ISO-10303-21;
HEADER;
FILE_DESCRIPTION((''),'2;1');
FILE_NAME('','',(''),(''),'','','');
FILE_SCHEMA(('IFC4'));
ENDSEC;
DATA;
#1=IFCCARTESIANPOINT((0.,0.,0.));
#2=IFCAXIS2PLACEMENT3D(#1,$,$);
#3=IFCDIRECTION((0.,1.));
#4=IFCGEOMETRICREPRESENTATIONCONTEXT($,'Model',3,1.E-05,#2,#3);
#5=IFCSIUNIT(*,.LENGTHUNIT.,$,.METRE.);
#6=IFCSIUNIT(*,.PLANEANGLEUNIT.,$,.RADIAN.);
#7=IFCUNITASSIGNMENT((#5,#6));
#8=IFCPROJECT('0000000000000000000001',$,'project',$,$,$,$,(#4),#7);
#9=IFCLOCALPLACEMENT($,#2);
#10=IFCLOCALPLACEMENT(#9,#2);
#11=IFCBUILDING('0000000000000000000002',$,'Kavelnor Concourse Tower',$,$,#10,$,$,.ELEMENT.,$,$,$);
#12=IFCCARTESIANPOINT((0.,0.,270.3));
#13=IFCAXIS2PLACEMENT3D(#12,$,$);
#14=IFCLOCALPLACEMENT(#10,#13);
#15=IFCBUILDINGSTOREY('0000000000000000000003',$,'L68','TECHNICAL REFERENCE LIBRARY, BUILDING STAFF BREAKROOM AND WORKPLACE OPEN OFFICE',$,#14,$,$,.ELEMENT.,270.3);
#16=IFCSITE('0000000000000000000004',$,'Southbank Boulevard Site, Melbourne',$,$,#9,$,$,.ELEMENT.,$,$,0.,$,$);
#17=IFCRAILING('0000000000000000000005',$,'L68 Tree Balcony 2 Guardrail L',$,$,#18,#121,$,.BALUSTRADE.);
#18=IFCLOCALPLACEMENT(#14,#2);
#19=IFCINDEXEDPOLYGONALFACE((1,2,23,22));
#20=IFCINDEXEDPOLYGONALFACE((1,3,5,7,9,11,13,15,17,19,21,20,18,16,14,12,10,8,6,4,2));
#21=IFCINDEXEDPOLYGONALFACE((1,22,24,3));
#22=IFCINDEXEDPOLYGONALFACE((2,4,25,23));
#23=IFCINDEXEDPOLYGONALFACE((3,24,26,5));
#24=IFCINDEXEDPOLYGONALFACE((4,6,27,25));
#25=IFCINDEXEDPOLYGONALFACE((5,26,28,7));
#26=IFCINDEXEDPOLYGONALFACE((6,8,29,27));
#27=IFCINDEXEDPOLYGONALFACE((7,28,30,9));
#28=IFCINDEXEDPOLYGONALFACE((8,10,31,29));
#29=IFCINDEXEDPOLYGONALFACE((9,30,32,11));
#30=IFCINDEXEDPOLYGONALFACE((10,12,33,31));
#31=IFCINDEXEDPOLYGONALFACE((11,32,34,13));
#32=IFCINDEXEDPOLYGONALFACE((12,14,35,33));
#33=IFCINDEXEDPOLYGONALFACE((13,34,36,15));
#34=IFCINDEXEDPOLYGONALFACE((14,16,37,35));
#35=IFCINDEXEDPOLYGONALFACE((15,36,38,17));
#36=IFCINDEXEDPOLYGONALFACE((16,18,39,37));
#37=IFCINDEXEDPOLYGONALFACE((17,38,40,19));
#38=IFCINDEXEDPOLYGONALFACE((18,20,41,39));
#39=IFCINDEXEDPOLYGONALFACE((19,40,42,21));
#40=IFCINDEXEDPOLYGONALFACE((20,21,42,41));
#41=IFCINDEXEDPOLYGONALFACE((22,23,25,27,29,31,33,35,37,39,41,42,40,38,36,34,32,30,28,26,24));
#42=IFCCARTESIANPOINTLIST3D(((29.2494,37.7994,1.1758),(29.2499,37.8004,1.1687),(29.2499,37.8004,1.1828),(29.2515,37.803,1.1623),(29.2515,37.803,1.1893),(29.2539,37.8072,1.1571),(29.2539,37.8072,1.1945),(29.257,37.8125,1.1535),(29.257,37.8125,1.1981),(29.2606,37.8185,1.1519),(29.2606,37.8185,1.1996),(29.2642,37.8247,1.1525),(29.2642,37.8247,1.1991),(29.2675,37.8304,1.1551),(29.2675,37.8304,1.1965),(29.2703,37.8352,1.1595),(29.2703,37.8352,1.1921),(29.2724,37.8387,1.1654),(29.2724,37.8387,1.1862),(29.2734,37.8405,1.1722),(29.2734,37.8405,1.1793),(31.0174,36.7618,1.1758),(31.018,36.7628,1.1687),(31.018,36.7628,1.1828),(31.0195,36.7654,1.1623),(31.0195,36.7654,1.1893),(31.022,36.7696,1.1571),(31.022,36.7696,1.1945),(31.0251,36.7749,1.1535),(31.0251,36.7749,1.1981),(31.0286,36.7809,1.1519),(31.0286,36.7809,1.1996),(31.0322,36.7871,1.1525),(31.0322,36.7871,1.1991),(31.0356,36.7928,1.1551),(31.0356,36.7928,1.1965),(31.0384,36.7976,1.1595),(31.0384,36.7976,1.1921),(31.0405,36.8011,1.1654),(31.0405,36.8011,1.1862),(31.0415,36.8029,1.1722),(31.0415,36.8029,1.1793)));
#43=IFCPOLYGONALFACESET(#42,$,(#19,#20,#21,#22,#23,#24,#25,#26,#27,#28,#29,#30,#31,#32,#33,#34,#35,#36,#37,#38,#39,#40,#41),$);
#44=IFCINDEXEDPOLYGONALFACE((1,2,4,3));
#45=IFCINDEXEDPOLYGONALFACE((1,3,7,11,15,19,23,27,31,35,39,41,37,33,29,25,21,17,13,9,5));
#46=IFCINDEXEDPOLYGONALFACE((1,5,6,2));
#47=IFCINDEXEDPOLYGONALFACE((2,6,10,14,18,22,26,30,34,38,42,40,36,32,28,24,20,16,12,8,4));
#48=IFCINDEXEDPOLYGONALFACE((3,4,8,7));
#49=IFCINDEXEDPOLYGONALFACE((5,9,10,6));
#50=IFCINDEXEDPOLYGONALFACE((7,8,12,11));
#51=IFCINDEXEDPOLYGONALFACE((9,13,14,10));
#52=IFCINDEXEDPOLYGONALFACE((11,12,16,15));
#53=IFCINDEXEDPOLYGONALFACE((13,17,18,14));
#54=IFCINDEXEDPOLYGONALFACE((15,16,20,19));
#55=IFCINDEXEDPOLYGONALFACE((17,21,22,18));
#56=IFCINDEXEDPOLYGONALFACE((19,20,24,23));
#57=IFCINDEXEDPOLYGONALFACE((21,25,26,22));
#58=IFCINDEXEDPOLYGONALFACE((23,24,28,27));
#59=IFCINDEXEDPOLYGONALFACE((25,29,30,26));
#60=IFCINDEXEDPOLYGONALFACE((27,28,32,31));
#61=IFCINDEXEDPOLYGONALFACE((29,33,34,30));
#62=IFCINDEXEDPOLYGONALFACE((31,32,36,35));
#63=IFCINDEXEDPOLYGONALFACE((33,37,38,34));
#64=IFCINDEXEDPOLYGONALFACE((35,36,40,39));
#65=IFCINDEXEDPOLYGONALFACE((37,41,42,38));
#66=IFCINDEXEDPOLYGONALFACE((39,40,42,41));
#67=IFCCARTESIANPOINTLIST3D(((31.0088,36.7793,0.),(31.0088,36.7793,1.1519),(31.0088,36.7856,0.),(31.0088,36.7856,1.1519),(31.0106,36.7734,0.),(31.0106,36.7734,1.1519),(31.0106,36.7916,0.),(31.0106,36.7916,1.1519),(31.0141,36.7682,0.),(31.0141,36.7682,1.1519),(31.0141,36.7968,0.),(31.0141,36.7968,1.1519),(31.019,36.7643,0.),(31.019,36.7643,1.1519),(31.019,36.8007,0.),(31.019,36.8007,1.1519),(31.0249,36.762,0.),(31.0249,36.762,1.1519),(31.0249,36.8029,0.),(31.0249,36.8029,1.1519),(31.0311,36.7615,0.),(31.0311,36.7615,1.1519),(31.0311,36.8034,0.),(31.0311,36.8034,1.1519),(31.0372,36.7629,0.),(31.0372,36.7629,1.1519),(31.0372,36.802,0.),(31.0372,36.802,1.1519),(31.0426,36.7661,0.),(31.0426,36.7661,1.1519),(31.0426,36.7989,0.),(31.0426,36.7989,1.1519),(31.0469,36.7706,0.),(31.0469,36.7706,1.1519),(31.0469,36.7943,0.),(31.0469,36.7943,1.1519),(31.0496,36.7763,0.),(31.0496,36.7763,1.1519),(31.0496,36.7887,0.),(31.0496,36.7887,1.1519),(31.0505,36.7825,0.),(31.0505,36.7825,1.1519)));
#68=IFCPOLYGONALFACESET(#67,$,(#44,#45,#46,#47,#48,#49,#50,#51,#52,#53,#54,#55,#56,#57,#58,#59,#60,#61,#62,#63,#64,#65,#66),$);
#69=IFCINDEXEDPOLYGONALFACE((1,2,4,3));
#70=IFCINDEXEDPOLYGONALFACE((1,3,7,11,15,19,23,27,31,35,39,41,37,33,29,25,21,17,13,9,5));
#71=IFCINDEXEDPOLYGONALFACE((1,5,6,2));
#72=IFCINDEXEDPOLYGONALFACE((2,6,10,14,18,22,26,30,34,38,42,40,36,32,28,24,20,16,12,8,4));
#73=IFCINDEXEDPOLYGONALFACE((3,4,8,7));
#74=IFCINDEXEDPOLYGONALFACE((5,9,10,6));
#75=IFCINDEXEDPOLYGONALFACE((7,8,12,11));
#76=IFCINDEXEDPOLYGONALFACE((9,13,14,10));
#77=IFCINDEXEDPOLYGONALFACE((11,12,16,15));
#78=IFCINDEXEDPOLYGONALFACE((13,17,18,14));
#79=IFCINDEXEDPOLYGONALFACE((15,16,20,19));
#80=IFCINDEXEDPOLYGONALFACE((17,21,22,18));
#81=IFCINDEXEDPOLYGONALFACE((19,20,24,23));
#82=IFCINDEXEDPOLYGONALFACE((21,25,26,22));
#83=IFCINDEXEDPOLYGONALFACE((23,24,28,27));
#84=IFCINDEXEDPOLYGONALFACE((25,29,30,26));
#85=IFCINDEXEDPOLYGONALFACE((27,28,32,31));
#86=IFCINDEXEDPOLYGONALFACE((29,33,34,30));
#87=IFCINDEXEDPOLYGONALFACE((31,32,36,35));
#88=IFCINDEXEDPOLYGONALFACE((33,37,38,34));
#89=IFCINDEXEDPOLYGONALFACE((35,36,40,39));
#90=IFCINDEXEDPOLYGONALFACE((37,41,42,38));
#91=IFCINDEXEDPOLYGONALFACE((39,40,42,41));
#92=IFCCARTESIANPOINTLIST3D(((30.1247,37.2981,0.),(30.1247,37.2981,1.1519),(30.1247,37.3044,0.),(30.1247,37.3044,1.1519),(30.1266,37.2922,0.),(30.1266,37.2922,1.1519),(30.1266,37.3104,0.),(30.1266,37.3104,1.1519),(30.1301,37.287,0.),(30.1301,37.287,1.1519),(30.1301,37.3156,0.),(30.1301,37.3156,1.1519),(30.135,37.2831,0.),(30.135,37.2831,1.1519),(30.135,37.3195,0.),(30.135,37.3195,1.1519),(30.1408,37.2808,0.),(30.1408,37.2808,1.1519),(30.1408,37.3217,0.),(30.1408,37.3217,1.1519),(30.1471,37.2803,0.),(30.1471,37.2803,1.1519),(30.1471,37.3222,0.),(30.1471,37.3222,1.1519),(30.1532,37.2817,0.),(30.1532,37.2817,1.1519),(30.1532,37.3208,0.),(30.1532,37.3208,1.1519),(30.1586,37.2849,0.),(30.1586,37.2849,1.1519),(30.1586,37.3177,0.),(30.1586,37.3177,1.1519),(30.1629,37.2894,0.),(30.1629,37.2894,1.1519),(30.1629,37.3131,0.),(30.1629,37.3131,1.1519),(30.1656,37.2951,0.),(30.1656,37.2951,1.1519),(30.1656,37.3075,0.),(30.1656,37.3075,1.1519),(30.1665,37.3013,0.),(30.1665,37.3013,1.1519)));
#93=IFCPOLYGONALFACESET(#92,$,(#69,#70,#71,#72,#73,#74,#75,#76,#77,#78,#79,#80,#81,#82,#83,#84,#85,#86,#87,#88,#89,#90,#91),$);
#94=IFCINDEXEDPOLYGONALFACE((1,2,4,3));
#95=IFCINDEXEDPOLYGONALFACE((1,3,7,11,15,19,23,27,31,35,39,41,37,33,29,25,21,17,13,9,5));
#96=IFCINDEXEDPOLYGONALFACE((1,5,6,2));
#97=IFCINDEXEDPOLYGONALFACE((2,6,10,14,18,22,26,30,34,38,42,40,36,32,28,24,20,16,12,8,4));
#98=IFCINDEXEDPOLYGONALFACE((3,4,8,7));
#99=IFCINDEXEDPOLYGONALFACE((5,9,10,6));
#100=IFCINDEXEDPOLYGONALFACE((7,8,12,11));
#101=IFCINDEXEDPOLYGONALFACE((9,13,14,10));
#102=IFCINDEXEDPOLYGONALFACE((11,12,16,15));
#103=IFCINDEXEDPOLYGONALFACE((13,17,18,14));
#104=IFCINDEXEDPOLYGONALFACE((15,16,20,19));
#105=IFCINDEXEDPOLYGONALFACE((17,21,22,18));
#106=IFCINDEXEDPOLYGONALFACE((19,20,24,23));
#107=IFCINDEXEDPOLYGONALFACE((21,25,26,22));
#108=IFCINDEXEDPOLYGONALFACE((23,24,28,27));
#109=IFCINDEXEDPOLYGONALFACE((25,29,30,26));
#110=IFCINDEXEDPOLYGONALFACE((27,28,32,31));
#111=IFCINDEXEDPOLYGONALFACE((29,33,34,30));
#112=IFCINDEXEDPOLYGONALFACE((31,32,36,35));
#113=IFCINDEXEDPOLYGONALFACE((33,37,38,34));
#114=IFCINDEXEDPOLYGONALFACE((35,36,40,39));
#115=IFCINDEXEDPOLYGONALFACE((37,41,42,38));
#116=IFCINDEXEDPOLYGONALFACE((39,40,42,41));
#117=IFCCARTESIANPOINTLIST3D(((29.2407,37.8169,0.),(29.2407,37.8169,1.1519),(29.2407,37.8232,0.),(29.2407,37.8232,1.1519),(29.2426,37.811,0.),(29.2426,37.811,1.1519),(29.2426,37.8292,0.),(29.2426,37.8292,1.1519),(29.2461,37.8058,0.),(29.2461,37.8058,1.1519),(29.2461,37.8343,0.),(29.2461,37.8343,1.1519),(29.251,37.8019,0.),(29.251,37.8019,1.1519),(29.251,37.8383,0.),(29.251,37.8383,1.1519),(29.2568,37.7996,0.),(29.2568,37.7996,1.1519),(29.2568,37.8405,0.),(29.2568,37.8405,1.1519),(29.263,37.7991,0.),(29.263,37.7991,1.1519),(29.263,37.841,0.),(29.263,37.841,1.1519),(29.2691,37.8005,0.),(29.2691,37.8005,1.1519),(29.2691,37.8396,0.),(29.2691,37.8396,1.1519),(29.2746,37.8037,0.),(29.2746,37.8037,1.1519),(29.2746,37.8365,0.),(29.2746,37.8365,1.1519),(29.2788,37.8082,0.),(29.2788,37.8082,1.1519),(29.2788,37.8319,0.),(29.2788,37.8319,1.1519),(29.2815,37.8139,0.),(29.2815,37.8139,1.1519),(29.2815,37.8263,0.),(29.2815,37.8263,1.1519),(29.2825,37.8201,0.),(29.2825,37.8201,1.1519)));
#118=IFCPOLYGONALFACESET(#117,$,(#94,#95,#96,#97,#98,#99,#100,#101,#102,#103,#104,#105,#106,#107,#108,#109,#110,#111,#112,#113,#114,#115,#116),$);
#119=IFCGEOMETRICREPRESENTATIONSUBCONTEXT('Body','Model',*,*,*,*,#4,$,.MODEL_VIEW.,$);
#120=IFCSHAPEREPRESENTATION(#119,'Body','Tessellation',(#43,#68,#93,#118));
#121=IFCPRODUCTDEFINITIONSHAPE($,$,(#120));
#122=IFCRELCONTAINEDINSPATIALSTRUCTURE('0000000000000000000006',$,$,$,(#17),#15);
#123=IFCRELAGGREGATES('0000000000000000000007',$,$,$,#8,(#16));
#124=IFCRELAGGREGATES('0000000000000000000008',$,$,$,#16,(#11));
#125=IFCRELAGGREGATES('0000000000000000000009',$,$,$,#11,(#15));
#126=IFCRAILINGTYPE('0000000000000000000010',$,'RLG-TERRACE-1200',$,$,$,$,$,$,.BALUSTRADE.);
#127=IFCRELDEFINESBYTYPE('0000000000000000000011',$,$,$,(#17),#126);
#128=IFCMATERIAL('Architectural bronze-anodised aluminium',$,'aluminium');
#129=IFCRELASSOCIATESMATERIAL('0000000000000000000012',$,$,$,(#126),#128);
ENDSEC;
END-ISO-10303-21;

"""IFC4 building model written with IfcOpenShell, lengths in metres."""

from ifc_helpers import new_model, si_unit, direction, frame, origin, origin_2d, place, context, subcontext, project, spatial, circle, extrude, material, type_object, element, save


model = new_model("IFC4")

# Units and contexts
model_context = context("Model", 3, precision=1e-05, world=origin(), true_north=direction((0.0, 1.0)))
body_context = subcontext(model_context, "Body", "Model", "MODEL_VIEW")
ifc_project = project(units=[si_unit("LENGTHUNIT", "METRE"), si_unit("PLANEANGLEUNIT", "RADIAN")], contexts=[model_context])

# Site, building, storey
site_placement = place(None, origin())
site = spatial("IfcSite", under=ifc_project, at=site_placement, Name="Southbank Boulevard Site, Melbourne", CompositionType="ELEMENT", RefElevation=0.0)
building_placement = place(site_placement, origin())
building = spatial("IfcBuilding", under=site, at=building_placement, Name="Kavelnor Concourse Tower", CompositionType="ELEMENT")
storey_placement = place(building_placement, frame((0.0, 0.0, 270.3)))
storey = spatial("IfcBuildingStorey", under=building, at=storey_placement, Name="L68", Description="TECHNICAL REFERENCE LIBRARY, BUILDING STAFF BREAKROOM AND WORKPLACE OPEN OFFICE", CompositionType="ELEMENT", Elevation=270.3)

# Railing
ifc_material_1 = material(Name="Architectural bronze-anodised aluminium", Category="aluminium")
railing_type = type_object("IfcRailingType", Name="RLG-TERRACE-1200", PredefinedType="BALUSTRADE", material=ifc_material_1)
railing_1_placement = place(storey_placement, frame((31.0295, 36.7825, 0.0)))
element("IfcRailing", 1, at=railing_1_placement, inside=storey, type_object=railing_type, Name="L68 Tree Balcony 2 Guardrail L", PredefinedType="BALUSTRADE", context=body_context, shape_type="SweptSolid", body=[
    extrude(circle(Radius=0.0239, at=origin_2d()), frame((0.0, 0.0, 1.1758), z_axis=(-0.862454, 0.506135, 0.0), x_axis=(-0.506135, -0.862454, 0.0)), (0.0, 0.0, 1.0), 2.05),
    extrude(circle(Radius=0.021, at=origin_2d()), origin(), (0.0, 0.0, 1.0), 1.1519),
    extrude(circle(Radius=0.021, at=origin_2d()), frame((-0.884, 0.5188, 0.0)), (0.0, 0.0, 1.0), 1.1519),
    extrude(circle(Radius=0.021, at=origin_2d()), frame((-1.7681, 1.0376, 0.0)), (0.0, 0.0, 1.0), 1.1519),
])

save(model, "model.ifc")
